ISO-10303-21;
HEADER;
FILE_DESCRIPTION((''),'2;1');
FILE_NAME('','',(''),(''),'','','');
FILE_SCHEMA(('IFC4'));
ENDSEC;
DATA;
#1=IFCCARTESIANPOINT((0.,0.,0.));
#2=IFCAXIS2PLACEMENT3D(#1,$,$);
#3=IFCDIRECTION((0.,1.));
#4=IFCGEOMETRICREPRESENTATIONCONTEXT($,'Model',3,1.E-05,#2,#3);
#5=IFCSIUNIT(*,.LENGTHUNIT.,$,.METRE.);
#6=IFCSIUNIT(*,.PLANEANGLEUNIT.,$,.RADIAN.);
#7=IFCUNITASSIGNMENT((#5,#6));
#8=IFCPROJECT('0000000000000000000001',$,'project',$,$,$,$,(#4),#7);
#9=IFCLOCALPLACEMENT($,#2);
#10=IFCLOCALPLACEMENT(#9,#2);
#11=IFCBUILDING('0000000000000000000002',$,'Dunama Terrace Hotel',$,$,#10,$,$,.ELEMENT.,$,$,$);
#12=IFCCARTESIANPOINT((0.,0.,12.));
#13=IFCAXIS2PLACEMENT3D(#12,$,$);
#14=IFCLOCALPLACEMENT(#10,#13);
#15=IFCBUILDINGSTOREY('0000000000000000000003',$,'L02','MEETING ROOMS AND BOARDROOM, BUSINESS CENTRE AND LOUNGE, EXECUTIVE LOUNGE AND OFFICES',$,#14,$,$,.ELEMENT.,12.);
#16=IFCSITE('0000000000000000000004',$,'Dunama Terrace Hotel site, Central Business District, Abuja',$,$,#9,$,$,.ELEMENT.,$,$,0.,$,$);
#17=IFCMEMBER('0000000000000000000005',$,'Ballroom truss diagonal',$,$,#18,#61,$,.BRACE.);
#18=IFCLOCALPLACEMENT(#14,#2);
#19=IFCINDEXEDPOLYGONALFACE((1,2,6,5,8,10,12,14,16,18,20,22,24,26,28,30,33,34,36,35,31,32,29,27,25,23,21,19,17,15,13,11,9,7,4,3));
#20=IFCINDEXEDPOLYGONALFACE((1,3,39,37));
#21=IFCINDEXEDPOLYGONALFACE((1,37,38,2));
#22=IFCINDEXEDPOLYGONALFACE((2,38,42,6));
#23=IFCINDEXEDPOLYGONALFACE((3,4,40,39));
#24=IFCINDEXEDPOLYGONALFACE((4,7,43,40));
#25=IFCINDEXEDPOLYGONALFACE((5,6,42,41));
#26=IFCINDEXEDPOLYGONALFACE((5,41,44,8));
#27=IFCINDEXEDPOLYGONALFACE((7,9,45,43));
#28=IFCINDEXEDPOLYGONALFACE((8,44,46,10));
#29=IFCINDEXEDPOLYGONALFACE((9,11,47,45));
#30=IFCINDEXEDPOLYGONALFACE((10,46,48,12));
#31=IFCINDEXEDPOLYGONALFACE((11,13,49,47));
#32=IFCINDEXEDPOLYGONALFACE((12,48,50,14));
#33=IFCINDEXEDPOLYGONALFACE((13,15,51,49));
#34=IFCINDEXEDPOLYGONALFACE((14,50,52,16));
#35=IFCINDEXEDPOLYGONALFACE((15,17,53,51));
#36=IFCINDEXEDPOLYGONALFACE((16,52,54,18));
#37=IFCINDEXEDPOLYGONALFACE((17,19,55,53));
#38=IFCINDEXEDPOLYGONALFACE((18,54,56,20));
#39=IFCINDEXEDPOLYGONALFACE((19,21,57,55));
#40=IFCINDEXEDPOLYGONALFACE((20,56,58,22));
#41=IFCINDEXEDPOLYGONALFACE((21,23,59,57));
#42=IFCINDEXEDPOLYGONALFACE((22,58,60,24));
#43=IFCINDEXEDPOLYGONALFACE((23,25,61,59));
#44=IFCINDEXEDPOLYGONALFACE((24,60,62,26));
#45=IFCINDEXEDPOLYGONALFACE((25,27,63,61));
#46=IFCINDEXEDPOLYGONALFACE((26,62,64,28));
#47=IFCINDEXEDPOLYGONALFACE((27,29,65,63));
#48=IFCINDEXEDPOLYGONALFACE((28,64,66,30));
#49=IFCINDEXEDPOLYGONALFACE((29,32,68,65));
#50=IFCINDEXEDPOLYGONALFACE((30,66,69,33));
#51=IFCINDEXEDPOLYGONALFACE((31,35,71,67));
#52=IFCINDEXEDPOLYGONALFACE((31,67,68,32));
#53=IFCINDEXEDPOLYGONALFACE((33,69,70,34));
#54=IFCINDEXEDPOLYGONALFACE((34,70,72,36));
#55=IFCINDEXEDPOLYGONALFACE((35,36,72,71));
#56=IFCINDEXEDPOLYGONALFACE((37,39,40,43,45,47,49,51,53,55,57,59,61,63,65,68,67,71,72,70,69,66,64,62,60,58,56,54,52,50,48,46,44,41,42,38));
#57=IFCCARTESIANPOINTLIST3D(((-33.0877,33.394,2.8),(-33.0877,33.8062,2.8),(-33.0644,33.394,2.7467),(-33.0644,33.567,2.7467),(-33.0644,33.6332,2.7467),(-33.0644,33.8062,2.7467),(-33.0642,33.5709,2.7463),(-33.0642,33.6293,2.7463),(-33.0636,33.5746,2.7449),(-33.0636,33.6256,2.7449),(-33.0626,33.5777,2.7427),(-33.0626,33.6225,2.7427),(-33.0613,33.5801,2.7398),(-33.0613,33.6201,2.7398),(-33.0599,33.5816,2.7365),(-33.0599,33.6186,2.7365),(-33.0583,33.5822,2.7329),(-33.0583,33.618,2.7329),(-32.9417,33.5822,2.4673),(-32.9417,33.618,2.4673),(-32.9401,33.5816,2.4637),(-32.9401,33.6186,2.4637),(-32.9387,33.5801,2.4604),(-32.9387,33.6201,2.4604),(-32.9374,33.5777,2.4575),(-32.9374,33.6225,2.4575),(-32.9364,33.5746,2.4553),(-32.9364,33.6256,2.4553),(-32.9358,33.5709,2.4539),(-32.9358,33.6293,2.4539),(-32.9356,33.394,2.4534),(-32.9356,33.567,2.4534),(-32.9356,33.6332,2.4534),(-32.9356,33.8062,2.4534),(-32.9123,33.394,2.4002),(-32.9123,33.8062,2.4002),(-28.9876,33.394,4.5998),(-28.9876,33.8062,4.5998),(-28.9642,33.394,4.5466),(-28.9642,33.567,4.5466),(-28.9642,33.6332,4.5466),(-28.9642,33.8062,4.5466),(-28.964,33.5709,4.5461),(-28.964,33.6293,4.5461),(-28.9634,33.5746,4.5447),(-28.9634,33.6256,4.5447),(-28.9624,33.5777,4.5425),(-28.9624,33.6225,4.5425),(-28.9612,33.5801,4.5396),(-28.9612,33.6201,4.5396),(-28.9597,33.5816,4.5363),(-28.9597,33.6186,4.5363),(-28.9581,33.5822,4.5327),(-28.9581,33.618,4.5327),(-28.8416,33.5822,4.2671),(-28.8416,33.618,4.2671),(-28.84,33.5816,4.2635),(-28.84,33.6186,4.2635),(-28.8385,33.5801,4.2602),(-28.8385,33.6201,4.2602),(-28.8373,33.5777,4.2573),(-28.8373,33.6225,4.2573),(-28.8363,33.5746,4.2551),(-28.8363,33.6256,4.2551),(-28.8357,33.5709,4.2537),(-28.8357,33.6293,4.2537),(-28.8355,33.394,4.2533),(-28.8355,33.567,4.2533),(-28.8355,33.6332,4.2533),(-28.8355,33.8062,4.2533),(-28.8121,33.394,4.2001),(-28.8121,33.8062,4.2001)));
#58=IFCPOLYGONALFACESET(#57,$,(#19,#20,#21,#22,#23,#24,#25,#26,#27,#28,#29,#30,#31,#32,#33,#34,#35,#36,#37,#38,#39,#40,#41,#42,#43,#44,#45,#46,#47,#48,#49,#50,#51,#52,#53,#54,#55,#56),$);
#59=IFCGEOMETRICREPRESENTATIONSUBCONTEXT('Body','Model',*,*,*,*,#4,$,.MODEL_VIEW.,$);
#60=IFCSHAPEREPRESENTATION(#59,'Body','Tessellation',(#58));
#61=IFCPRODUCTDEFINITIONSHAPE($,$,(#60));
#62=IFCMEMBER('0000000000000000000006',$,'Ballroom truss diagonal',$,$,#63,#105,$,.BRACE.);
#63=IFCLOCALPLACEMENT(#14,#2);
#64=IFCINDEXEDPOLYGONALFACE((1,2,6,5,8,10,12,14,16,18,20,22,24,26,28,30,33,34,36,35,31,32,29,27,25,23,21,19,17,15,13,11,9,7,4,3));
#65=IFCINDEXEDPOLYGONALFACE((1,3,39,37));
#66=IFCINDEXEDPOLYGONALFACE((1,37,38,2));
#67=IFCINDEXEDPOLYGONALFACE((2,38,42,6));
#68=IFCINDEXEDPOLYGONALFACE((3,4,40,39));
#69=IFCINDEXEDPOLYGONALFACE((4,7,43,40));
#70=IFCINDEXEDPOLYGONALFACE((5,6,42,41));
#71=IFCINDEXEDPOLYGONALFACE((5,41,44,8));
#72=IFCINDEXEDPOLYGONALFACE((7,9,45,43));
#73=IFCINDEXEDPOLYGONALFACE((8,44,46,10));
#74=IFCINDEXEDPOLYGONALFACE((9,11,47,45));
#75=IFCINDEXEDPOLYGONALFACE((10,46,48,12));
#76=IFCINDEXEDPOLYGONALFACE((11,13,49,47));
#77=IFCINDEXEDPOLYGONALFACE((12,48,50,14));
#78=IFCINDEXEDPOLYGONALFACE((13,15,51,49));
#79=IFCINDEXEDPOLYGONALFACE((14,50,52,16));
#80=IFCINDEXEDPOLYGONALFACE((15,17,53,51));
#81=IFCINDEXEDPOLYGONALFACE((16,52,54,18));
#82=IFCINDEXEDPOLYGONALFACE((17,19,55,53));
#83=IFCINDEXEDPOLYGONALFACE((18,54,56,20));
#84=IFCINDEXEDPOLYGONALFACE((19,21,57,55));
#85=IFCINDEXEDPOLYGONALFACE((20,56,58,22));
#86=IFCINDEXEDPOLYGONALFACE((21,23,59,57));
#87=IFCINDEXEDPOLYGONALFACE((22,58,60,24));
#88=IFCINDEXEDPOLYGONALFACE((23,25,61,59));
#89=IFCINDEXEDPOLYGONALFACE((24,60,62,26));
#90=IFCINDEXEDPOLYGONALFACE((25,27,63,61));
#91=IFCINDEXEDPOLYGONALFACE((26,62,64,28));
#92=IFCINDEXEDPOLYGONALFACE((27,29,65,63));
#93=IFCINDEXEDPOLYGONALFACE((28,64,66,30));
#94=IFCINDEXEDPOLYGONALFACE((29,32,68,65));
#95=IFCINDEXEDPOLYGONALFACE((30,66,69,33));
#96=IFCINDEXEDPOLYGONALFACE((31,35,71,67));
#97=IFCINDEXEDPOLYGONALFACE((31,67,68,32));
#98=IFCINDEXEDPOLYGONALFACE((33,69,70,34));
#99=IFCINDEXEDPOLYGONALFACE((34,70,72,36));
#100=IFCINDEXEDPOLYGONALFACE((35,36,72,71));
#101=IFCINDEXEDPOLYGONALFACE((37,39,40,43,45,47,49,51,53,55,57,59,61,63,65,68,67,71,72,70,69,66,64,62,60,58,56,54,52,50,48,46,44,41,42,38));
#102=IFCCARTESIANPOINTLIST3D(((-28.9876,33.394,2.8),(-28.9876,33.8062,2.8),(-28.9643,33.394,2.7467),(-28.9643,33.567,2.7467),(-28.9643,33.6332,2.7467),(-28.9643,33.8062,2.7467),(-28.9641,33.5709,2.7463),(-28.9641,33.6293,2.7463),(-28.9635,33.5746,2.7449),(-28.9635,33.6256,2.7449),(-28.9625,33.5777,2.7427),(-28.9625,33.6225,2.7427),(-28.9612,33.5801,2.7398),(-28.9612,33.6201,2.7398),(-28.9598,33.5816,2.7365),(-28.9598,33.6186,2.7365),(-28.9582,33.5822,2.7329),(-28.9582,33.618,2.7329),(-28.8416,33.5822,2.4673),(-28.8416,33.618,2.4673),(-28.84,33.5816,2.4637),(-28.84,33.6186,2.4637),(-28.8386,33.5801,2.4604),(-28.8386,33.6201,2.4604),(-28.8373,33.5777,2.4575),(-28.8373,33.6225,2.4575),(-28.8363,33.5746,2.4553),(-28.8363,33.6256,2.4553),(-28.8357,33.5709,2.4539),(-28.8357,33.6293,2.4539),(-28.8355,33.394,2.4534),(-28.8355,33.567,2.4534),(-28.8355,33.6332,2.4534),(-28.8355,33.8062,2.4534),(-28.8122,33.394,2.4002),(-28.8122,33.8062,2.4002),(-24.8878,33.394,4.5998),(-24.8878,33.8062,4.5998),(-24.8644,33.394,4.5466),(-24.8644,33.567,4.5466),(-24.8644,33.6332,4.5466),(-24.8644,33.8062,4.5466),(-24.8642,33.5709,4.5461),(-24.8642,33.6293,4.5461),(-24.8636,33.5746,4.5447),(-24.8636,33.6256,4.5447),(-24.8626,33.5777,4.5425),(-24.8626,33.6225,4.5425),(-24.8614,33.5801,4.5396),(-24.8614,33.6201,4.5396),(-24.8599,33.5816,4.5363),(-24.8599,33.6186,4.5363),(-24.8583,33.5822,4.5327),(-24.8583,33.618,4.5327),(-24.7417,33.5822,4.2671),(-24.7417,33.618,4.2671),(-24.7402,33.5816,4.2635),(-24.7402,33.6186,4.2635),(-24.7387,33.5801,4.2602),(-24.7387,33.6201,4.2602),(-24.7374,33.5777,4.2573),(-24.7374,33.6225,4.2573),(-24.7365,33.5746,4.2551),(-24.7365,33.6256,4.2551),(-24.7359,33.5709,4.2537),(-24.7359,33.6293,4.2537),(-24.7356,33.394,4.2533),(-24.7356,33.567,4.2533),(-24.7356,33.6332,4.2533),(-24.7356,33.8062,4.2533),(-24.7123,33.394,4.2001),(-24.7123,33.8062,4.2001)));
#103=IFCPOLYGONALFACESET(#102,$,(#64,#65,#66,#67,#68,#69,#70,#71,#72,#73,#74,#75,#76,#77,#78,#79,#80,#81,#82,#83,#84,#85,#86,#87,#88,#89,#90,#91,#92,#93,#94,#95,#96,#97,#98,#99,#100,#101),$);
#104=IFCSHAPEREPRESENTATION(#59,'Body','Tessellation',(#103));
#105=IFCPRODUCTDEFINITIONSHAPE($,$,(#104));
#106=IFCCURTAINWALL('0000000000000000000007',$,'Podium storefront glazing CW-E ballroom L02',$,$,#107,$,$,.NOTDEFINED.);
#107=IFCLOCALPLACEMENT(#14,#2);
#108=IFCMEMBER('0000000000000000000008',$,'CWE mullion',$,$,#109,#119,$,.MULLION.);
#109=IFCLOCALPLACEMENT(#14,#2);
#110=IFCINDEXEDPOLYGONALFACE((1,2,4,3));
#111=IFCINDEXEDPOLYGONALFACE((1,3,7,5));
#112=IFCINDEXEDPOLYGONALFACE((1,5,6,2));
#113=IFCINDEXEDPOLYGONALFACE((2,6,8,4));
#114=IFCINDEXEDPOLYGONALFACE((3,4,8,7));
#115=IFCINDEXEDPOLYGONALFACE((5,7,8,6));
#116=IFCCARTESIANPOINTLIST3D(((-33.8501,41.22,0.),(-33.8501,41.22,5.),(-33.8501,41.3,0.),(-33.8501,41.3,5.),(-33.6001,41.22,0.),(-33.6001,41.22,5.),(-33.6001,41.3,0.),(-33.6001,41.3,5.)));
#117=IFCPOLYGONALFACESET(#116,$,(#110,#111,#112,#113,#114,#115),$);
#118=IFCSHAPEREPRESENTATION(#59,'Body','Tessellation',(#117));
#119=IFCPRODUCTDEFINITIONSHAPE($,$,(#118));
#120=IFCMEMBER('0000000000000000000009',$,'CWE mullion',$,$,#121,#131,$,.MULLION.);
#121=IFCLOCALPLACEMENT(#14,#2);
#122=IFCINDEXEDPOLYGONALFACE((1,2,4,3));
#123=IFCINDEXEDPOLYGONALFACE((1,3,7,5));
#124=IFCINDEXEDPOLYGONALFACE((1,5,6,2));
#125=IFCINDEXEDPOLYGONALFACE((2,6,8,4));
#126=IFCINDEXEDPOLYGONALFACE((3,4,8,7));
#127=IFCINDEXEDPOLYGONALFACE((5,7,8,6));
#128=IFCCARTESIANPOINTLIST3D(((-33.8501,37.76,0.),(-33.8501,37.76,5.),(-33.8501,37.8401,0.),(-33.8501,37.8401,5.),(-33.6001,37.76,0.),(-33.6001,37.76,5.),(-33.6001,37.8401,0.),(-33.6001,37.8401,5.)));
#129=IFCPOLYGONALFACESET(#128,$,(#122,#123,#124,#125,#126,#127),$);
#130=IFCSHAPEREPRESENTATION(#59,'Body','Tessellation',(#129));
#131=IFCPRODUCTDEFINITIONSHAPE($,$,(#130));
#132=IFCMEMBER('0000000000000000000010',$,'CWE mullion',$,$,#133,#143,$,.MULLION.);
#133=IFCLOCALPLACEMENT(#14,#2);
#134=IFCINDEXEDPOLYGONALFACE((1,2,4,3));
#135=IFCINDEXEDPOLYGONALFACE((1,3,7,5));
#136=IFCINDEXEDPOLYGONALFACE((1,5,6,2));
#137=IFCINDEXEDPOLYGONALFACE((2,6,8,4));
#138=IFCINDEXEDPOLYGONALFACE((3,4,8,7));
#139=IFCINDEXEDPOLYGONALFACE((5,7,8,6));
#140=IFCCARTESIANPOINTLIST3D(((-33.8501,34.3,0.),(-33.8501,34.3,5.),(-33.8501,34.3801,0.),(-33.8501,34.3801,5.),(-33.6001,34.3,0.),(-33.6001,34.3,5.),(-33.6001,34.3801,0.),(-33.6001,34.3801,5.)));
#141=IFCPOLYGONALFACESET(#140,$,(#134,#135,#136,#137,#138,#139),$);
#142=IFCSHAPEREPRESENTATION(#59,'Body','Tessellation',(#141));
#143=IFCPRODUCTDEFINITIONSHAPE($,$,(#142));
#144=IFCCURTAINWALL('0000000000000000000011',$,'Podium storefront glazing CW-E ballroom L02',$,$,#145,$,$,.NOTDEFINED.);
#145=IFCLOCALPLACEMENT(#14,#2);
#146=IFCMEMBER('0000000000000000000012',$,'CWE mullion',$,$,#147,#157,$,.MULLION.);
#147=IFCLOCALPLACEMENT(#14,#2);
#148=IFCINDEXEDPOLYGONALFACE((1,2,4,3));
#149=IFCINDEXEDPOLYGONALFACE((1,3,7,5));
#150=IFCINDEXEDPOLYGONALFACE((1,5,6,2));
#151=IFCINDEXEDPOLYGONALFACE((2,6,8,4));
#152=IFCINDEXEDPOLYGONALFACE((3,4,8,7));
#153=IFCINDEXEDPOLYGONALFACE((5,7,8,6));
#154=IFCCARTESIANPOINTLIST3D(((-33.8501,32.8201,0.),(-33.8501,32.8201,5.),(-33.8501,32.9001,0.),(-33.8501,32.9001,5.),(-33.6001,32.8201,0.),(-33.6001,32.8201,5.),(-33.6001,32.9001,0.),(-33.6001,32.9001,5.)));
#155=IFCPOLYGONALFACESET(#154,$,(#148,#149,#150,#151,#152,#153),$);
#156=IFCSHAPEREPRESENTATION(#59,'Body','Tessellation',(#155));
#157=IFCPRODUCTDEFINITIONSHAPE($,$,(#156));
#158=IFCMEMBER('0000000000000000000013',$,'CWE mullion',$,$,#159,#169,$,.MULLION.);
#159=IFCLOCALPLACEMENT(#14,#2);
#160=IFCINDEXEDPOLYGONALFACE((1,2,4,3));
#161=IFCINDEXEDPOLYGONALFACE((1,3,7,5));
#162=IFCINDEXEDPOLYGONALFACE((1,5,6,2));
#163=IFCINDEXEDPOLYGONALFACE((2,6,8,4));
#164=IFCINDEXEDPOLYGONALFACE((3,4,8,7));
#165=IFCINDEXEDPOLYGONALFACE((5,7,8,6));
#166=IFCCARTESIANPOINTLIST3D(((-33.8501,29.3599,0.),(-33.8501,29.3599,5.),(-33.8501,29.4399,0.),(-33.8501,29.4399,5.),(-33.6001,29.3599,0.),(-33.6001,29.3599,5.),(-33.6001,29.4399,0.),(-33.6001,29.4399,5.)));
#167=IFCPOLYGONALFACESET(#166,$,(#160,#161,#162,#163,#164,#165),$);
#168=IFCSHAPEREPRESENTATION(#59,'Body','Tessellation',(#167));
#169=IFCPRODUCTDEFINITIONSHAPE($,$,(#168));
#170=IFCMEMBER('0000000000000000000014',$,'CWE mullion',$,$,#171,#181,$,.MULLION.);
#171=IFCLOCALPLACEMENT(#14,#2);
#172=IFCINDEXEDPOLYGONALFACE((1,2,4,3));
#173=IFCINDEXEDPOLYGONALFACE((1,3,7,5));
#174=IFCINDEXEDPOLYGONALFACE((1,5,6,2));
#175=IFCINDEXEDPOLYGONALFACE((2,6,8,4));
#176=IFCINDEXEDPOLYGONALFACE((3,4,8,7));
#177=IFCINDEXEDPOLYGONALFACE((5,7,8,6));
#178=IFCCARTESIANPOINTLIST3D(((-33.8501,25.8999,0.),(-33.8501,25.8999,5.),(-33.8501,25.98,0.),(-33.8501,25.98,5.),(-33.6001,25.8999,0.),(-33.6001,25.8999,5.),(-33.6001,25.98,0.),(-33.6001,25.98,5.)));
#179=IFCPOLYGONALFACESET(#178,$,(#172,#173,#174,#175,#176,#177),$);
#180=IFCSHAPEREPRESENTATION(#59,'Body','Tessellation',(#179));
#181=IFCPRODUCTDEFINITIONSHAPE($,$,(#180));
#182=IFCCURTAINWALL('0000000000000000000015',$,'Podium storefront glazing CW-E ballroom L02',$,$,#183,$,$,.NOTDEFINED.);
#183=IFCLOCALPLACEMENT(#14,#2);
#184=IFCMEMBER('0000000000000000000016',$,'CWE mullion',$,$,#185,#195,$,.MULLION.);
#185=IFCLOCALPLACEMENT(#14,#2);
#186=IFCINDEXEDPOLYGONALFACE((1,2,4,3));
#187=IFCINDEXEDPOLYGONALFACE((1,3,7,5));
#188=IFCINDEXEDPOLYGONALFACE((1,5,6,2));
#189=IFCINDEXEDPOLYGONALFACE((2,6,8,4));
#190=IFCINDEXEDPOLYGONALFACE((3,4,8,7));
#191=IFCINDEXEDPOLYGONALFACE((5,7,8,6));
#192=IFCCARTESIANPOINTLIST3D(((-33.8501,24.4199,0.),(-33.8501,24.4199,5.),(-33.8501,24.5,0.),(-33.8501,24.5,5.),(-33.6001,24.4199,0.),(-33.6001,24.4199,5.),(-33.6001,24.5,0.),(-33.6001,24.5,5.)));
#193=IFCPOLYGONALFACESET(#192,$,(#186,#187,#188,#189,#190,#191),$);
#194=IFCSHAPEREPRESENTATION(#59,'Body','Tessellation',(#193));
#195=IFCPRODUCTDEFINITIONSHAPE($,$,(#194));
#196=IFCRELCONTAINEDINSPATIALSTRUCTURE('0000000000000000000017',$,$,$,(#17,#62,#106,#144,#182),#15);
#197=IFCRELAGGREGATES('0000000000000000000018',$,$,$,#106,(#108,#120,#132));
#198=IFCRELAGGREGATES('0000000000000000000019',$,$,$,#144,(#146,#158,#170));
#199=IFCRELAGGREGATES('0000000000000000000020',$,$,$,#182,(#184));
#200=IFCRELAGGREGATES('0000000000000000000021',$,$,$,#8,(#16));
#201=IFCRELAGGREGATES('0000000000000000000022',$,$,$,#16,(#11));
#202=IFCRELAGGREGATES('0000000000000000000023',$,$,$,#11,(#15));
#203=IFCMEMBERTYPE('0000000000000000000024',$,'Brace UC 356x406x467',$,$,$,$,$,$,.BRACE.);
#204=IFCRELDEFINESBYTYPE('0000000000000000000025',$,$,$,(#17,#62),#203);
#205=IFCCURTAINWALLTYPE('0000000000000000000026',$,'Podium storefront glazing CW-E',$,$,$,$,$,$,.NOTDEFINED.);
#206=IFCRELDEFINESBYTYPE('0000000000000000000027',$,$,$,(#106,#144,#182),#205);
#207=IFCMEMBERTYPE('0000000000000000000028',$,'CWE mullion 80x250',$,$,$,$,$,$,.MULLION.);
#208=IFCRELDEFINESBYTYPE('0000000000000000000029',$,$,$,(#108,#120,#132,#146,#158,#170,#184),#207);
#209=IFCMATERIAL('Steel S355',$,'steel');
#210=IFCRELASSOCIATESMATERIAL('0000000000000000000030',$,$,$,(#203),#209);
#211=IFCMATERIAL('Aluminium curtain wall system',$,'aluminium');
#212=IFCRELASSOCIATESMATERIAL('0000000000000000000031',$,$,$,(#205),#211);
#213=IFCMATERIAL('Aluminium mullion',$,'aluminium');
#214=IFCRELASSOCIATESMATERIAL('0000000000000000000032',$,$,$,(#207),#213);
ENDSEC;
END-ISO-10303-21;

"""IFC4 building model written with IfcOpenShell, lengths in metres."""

from ifc_helpers import new_model, si_unit, direction, frame, origin, origin_2d, place, context, subcontext, project, spatial, rectangle, i_section, extrude, material, material_profile, profile_set, type_object, element, aggregate, save


model = new_model("IFC4")

# Units and contexts
model_context = context("Model", 3, precision=1e-05, world=origin(), true_north=direction((0.0, 1.0)))
body_context = subcontext(model_context, "Body", "Model", "MODEL_VIEW")
ifc_project = project(units=[si_unit("LENGTHUNIT", "METRE"), si_unit("PLANEANGLEUNIT", "RADIAN")], contexts=[model_context])

# Site, building, storey
site_placement = place(None, origin())
site = spatial("IfcSite", under=ifc_project, at=site_placement, Name="Dunama Terrace Hotel site, Central Business District, Abuja", CompositionType="ELEMENT", RefElevation=0.0)
building_placement = place(site_placement, origin())
building = spatial("IfcBuilding", under=site, at=building_placement, Name="Dunama Terrace Hotel", CompositionType="ELEMENT")
storey_placement = place(building_placement, frame((0.0, 0.0, 12.0)))
storey = spatial("IfcBuildingStorey", under=building, at=storey_placement, Name="L02", Description="MEETING ROOMS AND BOARDROOM, BUSINESS CENTRE AND LOUNGE, EXECUTIVE LOUNGE AND OFFICES", CompositionType="ELEMENT", Elevation=12.0)

# Members
ifc_material_1 = material(Name="Steel S355", Category="steel")
ifc_material_profile_1 = material_profile(ifc_material_1, i_section(OverallWidth=0.4121, OverallDepth=0.4365, WebThickness=0.0359, FlangeThickness=0.0581, FilletRadius=0.0151, at=origin_2d()), Name="UC 356x406x467")
ifc_profile_set_1 = profile_set([ifc_material_profile_1], Name="Steel S355")
member_type_1 = type_object("IfcMemberType", Name="Brace UC 356x406x467", PredefinedType="BRACE", material=ifc_profile_set_1)
for number, where, z_axis, x_axis, name in (
    (1, (-33.0, 33.6001, 2.6001), (0.915664, 0.0, 0.401945), (0.0, 1.0, 0.0), "Ballroom truss diagonal"),
):
    element("IfcMember", number, at=place(storey_placement, frame(where, z_axis=z_axis, x_axis=x_axis)), inside=storey, type_object=member_type_1, Name=name, PredefinedType="BRACE", context=body_context, shape_type="SweptSolid", body=[
        extrude(i_section(OverallWidth=0.4121, OverallDepth=0.4365, WebThickness=0.0359, FlangeThickness=0.0581, FilletRadius=0.0151, at=origin_2d()), origin(), (0.0, 0.0, 1.0), 4.4778),
    ])
member_1_placement = place(storey_placement, frame((-28.8999, 33.6001, 2.6001), z_axis=(0.915655, 0.0, 0.401966), x_axis=(0.0, 1.0, 0.0)))
element("IfcMember", 2, at=member_1_placement, inside=storey, type_object=member_type_1, Name="Ballroom truss diagonal", PredefinedType="BRACE", context=body_context, shape_type="SweptSolid", body=[
    extrude(i_section(OverallWidth=0.4121, OverallDepth=0.4365, WebThickness=0.0359, FlangeThickness=0.0581, FilletRadius=0.0151, at=origin_2d()), origin(), (0.0, 0.0, 1.0), 4.4775),
])

# Curtain walls, members
ifc_material_2 = material(Name="Aluminium curtain wall system", Category="aluminium")
curtain_wall_type = type_object("IfcCurtainWallType", Name="Podium storefront glazing CW-E", PredefinedType="NOTDEFINED", material=ifc_material_2)
curtain_wall_1_placement = place(storey_placement, origin())
curtain_wall_1 = element("IfcCurtainWall", 3, at=curtain_wall_1_placement, inside=storey, type_object=curtain_wall_type, Name="Podium storefront glazing CW-E ballroom L02", PredefinedType="NOTDEFINED")
ifc_material_3 = material(Name="Aluminium mullion", Category="aluminium")
ifc_material_profile_2 = material_profile(ifc_material_3, rectangle(XDim=0.0801, YDim=0.25, at=origin_2d()), Name="CWE MULLION 80X250")
ifc_profile_set_2 = profile_set([ifc_material_profile_2], Name="Aluminium mullion")
member_type_2 = type_object("IfcMemberType", Name="CWE mullion 80x250", PredefinedType="MULLION", material=ifc_profile_set_2)
member_2_placement = place(storey_placement, frame((-33.7251, 41.26, 0.0), z_axis=(0.0, 0.0, 1.0), x_axis=(0.0, -1.0, 0.0)))
member_2 = element("IfcMember", 4, at=member_2_placement, type_object=member_type_2, Name="CWE mullion", PredefinedType="MULLION", context=body_context, shape_type="SweptSolid", body=[
    extrude(rectangle(XDim=0.0801, YDim=0.25, at=origin_2d()), origin(), (0.0, 0.0, 1.0), 5.0),
])
member_3_placement = place(storey_placement, frame((-33.7251, 37.8, 0.0), z_axis=(0.0, 0.0, 1.0), x_axis=(0.0, -1.0, 0.0)))
member_3 = element("IfcMember", 5, at=member_3_placement, type_object=member_type_2, Name="CWE mullion", PredefinedType="MULLION", context=body_context, shape_type="SweptSolid", body=[
    extrude(rectangle(XDim=0.0801, YDim=0.25, at=origin_2d()), origin(), (0.0, 0.0, 1.0), 5.0),
])
member_4_placement = place(storey_placement, frame((-33.7251, 34.3401, 0.0), z_axis=(0.0, 0.0, 1.0), x_axis=(0.0, -1.0, 0.0)))
member_4 = element("IfcMember", 6, at=member_4_placement, type_object=member_type_2, Name="CWE mullion", PredefinedType="MULLION", context=body_context, shape_type="SweptSolid", body=[
    extrude(rectangle(XDim=0.0801, YDim=0.25, at=origin_2d()), origin(), (0.0, 0.0, 1.0), 5.0),
])
curtain_wall_2_placement = place(storey_placement, origin())
curtain_wall_2 = element("IfcCurtainWall", 7, at=curtain_wall_2_placement, inside=storey, type_object=curtain_wall_type, Name="Podium storefront glazing CW-E ballroom L02", PredefinedType="NOTDEFINED")
member_5_placement = place(storey_placement, frame((-33.7251, 32.8601, 0.0), z_axis=(0.0, 0.0, 1.0), x_axis=(0.0, -1.0, 0.0)))
member_5 = element("IfcMember", 8, at=member_5_placement, type_object=member_type_2, Name="CWE mullion", PredefinedType="MULLION", context=body_context, shape_type="SweptSolid", body=[
    extrude(rectangle(XDim=0.0801, YDim=0.25, at=origin_2d()), origin(), (0.0, 0.0, 1.0), 5.0),
])
member_6_placement = place(storey_placement, frame((-33.7251, 29.3999, 0.0), z_axis=(0.0, 0.0, 1.0), x_axis=(0.0, -1.0, 0.0)))
member_6 = element("IfcMember", 9, at=member_6_placement, type_object=member_type_2, Name="CWE mullion", PredefinedType="MULLION", context=body_context, shape_type="SweptSolid", body=[
    extrude(rectangle(XDim=0.0801, YDim=0.25, at=origin_2d()), origin(), (0.0, 0.0, 1.0), 5.0),
])
member_7_placement = place(storey_placement, frame((-33.7251, 25.9399, 0.0), z_axis=(0.0, 0.0, 1.0), x_axis=(0.0, -1.0, 0.0)))
member_7 = element("IfcMember", 10, at=member_7_placement, type_object=member_type_2, Name="CWE mullion", PredefinedType="MULLION", context=body_context, shape_type="SweptSolid", body=[
    extrude(rectangle(XDim=0.0801, YDim=0.25, at=origin_2d()), origin(), (0.0, 0.0, 1.0), 5.0),
])
curtain_wall_3_placement = place(storey_placement, origin())
curtain_wall_3 = element("IfcCurtainWall", 11, at=curtain_wall_3_placement, inside=storey, type_object=curtain_wall_type, Name="Podium storefront glazing CW-E ballroom L02", PredefinedType="NOTDEFINED")
member_8_placement = place(storey_placement, frame((-33.7251, 24.46, 0.0), z_axis=(0.0, 0.0, 1.0), x_axis=(0.0, -1.0, 0.0)))
member_8 = element("IfcMember", 12, at=member_8_placement, type_object=member_type_2, Name="CWE mullion", PredefinedType="MULLION", context=body_context, shape_type="SweptSolid", body=[
    extrude(rectangle(XDim=0.0801, YDim=0.25, at=origin_2d()), origin(), (0.0, 0.0, 1.0), 5.0),
])

aggregate(curtain_wall_1, [member_2, member_3, member_4])
aggregate(curtain_wall_2, [member_5, member_6, member_7])
aggregate(curtain_wall_3, [member_8])

save(model, "model.ifc")
